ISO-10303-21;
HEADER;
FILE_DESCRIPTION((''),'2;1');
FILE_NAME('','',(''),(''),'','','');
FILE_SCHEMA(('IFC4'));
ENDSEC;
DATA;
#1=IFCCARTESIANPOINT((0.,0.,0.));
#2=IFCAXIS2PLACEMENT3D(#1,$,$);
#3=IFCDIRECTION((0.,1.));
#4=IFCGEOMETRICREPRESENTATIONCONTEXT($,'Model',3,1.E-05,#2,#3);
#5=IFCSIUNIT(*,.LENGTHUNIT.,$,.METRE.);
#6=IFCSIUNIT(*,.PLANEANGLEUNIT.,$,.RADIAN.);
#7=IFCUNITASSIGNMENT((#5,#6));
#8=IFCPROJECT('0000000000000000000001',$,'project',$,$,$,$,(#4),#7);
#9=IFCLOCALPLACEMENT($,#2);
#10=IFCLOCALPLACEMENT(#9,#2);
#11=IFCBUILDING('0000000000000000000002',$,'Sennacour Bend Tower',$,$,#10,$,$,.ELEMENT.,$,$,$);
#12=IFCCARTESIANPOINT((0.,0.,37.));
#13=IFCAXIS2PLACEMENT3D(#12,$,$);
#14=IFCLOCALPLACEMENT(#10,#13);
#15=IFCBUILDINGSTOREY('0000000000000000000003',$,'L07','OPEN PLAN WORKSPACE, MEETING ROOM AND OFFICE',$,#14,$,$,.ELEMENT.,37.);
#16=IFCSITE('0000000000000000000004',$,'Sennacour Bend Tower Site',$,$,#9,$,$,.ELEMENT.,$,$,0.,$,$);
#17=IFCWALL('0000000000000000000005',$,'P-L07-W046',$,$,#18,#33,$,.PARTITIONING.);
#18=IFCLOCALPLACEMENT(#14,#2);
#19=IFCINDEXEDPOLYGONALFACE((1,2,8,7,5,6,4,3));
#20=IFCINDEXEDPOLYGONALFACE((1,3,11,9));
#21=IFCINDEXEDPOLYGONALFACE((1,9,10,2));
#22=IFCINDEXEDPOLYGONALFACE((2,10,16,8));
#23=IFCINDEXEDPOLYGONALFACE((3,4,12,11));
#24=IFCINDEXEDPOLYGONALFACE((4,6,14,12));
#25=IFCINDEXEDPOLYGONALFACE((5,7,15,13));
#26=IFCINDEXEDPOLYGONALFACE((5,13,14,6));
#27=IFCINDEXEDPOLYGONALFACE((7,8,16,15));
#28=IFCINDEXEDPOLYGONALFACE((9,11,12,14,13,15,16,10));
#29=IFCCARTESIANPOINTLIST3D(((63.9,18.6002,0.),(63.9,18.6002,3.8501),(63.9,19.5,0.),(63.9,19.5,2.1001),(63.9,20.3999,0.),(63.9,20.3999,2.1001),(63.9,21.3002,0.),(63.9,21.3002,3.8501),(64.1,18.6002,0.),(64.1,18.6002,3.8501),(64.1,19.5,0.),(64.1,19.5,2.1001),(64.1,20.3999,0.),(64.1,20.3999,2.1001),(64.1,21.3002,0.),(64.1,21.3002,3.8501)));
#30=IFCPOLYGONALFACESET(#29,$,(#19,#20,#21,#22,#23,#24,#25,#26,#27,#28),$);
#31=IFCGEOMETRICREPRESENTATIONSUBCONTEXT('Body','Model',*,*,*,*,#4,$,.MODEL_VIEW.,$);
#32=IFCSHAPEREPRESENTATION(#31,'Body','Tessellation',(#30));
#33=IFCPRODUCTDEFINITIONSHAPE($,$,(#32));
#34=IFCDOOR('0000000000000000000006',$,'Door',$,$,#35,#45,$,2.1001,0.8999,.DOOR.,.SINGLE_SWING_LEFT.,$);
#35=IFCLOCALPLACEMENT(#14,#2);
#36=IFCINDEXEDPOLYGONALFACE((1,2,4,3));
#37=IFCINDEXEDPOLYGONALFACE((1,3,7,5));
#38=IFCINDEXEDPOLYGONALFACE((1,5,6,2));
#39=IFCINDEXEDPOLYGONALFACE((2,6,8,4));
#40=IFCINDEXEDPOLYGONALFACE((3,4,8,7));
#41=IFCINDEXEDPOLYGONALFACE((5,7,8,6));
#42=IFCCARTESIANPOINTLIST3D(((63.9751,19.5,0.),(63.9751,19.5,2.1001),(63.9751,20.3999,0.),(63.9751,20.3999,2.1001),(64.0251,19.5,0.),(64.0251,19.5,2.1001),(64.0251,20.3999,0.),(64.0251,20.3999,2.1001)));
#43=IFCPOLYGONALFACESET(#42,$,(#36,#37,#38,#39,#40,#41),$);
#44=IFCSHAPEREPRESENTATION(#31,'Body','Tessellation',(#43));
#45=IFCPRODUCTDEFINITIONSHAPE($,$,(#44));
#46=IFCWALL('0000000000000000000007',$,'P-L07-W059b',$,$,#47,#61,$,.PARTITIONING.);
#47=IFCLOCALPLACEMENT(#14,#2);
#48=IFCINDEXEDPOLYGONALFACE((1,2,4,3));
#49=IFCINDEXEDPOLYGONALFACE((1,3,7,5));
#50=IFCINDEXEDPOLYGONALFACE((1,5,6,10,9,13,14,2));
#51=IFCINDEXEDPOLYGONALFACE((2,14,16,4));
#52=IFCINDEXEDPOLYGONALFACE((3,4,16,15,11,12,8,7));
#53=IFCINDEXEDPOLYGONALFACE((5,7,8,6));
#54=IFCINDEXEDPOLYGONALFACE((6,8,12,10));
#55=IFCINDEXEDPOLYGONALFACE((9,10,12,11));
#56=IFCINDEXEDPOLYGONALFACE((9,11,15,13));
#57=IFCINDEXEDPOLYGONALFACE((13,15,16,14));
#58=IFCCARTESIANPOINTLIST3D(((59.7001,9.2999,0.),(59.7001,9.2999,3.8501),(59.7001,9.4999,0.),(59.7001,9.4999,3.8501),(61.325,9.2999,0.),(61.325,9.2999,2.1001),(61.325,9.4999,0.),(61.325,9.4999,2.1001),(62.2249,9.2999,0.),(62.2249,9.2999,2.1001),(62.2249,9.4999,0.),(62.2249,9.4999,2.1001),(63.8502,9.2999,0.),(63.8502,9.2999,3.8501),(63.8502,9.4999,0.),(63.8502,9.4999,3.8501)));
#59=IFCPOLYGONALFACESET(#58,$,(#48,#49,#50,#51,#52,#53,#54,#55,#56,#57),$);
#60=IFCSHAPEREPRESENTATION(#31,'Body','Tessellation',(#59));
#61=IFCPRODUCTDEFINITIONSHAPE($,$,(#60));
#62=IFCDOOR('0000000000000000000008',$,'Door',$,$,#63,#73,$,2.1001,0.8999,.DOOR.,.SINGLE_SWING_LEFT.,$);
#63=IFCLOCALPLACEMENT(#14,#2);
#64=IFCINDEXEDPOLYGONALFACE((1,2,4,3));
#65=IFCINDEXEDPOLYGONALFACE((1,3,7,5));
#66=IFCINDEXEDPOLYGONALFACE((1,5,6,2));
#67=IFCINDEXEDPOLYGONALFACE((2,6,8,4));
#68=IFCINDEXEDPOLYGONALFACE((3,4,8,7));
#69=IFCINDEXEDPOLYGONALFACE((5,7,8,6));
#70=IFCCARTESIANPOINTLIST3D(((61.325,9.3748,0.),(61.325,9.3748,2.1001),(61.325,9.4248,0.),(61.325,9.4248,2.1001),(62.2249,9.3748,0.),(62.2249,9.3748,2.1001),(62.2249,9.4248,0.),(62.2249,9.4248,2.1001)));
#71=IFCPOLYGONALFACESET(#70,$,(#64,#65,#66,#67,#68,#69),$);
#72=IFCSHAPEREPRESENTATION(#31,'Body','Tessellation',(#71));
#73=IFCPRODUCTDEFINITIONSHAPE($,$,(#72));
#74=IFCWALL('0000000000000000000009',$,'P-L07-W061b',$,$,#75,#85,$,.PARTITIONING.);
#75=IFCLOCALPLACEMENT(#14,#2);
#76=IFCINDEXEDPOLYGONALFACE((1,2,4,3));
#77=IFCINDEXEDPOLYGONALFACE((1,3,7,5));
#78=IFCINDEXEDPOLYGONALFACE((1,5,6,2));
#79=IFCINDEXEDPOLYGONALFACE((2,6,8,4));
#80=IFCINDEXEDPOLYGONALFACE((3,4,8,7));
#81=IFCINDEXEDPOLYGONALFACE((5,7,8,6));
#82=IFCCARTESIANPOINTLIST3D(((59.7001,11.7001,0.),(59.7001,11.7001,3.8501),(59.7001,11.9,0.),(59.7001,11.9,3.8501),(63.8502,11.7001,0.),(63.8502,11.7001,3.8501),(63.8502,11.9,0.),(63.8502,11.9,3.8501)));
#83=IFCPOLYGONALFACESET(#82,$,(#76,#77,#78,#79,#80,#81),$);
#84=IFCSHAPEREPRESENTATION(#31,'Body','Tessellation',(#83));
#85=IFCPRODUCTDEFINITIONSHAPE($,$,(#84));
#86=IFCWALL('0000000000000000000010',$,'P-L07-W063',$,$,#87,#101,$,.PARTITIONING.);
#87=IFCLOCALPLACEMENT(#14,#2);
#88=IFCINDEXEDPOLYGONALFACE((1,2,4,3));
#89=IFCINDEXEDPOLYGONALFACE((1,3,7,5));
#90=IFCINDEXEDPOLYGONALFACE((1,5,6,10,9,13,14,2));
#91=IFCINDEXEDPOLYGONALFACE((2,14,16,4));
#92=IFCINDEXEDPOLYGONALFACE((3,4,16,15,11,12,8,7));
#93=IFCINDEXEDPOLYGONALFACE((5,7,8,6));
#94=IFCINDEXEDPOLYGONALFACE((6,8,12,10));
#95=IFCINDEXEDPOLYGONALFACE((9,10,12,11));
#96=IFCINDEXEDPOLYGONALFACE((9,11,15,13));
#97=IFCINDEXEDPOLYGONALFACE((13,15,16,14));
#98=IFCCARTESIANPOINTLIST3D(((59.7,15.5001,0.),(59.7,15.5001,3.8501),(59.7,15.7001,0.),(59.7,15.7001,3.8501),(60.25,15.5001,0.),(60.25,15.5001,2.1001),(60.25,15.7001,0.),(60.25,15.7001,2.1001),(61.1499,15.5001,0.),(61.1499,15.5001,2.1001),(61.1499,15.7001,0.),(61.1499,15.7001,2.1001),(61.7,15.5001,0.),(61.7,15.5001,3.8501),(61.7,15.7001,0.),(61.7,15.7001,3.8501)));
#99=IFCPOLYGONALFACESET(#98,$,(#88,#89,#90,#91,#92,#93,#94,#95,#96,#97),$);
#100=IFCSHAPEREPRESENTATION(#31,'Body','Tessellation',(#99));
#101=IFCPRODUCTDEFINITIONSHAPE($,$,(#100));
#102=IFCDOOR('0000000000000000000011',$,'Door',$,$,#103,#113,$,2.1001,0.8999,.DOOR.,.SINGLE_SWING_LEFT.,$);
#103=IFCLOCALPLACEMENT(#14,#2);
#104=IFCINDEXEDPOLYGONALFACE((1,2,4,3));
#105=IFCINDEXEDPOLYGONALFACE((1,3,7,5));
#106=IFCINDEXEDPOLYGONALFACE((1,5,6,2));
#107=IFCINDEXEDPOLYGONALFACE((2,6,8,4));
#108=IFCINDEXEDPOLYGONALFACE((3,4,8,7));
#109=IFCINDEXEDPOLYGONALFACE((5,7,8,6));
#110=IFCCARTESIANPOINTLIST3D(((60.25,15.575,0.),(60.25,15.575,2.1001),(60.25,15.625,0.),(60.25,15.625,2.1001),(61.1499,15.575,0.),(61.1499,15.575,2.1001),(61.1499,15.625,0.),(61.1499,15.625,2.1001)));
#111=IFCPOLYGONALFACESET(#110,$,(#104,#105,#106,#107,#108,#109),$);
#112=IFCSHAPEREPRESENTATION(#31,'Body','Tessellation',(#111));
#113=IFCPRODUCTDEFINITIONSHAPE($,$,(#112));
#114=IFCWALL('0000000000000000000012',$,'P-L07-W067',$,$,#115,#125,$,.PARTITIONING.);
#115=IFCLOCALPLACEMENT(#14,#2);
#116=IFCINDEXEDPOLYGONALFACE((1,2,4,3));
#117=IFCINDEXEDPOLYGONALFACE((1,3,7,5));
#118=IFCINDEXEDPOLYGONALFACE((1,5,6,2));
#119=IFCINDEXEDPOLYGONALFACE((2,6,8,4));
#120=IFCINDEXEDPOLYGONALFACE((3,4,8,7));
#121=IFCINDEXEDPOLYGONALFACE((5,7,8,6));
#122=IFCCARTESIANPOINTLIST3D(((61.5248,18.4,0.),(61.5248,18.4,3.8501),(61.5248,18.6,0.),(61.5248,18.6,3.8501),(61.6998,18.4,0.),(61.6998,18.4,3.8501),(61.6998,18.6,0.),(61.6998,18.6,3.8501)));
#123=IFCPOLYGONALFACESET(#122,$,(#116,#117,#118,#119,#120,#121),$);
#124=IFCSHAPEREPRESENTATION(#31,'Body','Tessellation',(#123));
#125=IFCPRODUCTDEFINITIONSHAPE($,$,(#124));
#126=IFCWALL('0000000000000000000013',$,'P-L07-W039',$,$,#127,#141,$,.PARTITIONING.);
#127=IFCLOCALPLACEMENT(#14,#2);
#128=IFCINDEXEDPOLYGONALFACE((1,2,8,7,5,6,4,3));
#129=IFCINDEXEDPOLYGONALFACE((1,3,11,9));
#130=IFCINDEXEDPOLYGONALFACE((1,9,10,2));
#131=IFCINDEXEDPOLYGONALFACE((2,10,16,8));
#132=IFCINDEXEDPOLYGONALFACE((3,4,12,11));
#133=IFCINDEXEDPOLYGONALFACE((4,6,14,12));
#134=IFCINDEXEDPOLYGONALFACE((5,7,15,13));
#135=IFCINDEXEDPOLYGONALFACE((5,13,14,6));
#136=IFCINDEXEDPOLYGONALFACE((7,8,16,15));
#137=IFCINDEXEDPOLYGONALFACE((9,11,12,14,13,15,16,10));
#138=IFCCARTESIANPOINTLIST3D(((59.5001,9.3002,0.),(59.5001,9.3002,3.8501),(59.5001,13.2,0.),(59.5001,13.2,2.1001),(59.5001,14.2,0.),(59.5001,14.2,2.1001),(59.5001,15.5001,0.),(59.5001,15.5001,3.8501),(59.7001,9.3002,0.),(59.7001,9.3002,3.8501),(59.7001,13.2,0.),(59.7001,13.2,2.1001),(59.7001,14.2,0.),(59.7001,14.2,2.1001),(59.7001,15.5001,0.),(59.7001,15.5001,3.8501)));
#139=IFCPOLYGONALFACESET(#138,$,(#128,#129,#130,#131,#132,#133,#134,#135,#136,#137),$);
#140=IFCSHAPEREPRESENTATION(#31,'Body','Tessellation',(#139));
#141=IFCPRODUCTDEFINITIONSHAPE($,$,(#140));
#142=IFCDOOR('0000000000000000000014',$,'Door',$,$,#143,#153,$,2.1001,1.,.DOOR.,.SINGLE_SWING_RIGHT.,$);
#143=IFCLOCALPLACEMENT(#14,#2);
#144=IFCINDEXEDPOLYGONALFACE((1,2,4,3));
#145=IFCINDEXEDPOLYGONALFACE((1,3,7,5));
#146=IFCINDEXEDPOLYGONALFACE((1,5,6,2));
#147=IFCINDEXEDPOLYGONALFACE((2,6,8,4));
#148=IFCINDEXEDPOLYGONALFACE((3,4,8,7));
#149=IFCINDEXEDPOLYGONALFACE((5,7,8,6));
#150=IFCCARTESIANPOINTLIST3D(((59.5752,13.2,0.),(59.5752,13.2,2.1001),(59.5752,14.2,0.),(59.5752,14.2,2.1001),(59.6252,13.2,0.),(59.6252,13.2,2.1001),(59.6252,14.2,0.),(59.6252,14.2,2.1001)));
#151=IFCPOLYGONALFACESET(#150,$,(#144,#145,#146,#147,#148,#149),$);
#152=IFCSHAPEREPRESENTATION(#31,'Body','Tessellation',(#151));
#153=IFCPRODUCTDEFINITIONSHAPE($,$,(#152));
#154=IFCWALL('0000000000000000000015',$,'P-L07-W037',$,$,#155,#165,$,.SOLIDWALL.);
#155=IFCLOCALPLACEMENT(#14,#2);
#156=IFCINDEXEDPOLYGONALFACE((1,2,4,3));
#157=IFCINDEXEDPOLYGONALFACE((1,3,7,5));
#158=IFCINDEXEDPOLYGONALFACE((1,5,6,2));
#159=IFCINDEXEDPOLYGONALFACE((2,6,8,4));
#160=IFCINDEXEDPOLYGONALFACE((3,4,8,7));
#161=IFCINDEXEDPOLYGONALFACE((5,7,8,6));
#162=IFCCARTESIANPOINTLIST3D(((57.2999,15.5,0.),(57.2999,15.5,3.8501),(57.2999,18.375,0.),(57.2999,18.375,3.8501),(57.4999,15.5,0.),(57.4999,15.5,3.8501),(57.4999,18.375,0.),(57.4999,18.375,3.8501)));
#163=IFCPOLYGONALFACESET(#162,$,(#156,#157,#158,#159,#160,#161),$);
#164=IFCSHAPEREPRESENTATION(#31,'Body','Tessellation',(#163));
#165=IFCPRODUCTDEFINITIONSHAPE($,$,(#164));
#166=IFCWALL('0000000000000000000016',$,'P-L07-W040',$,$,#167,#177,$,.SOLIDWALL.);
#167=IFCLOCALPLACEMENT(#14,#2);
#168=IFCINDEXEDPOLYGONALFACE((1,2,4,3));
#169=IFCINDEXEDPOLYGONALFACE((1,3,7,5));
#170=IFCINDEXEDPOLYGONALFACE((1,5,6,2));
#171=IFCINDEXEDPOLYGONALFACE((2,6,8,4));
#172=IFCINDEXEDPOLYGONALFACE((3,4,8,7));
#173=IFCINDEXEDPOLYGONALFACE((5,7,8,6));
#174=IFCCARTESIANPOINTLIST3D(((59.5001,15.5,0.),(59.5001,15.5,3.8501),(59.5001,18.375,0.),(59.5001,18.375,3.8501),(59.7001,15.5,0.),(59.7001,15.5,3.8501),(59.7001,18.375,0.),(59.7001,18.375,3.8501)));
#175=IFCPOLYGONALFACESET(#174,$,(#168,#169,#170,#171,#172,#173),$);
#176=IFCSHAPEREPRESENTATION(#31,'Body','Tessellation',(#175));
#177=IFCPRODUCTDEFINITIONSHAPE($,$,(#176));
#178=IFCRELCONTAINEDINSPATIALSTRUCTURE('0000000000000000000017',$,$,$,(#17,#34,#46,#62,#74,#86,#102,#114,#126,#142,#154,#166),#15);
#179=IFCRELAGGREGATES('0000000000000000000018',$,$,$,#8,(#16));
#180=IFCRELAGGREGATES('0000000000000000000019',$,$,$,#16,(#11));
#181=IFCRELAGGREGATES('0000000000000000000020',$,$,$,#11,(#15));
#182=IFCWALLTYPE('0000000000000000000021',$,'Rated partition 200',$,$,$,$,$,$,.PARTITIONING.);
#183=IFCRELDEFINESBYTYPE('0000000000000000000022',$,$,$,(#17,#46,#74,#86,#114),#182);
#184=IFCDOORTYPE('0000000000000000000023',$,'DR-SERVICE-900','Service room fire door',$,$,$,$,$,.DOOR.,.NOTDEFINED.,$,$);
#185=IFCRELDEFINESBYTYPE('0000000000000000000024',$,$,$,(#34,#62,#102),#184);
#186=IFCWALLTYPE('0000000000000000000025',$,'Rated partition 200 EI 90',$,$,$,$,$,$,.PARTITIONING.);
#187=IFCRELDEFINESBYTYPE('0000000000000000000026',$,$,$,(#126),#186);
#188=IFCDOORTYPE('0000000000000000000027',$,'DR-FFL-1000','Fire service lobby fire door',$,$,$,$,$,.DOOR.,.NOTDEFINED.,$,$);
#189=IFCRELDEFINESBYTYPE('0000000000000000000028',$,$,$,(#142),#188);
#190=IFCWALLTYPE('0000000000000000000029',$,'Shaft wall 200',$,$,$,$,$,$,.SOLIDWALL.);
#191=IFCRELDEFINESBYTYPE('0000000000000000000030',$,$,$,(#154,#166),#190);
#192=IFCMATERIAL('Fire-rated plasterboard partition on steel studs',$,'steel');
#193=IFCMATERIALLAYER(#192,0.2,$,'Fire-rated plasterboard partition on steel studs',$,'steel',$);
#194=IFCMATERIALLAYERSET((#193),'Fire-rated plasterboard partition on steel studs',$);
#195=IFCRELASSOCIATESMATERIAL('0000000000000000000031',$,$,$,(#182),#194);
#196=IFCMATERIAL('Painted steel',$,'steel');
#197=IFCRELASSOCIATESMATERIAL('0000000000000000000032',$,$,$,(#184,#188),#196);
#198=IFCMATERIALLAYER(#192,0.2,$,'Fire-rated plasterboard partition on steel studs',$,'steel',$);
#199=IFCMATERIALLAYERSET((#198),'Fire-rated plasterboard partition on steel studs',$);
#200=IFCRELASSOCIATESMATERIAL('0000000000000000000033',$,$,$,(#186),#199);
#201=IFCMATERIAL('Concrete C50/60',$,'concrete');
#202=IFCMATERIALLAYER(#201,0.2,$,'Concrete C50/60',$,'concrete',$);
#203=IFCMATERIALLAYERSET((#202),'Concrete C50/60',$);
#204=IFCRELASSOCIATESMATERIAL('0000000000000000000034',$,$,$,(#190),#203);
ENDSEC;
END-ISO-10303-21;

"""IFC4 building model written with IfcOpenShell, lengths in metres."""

from ifc_helpers import new_model, si_unit, direction, frame, frame_2d, origin, place, context, subcontext, project, spatial, rectangle, extrude, material, layer, layer_set, type_object, element, fill, save


model = new_model("IFC4")

# Units and contexts
model_context = context("Model", 3, precision=1e-05, world=origin(), true_north=direction((0.0, 1.0)))
body_context = subcontext(model_context, "Body", "Model", "MODEL_VIEW")
ifc_project = project(units=[si_unit("LENGTHUNIT", "METRE"), si_unit("PLANEANGLEUNIT", "RADIAN")], contexts=[model_context])

# Site, building, storey
site_placement = place(None, origin())
site = spatial("IfcSite", under=ifc_project, at=site_placement, Name="Sennacour Bend Tower Site", CompositionType="ELEMENT", RefElevation=0.0)
building_placement = place(site_placement, origin())
building = spatial("IfcBuilding", under=site, at=building_placement, Name="Sennacour Bend Tower", CompositionType="ELEMENT")
storey_placement = place(building_placement, frame((0.0, 0.0, 37.0)))
storey = spatial("IfcBuildingStorey", under=building, at=storey_placement, Name="L07", Description="OPEN PLAN WORKSPACE, MEETING ROOM AND OFFICE", CompositionType="ELEMENT", Elevation=37.0)

# Walls, openings, doors
ifc_material_1 = material(Name="Fire-rated plasterboard partition on steel studs", Category="steel")
ifc_layer_1 = layer(ifc_material_1, 0.2, Name="Fire-rated plasterboard partition on steel studs", Category="steel")
ifc_layer_set_1 = layer_set([ifc_layer_1], Name="Fire-rated plasterboard partition on steel studs")
wall_type_1 = type_object("IfcWallType", Name="Rated partition 200", PredefinedType="PARTITIONING", material=ifc_layer_set_1)
wall_1_placement = place(storey_placement, frame((64.0, 18.6001, 0.0), z_axis=(0.0, 0.0, 1.0), x_axis=(0.0, 1.0, 0.0)))
wall_1 = element("IfcWall", 1, at=wall_1_placement, inside=storey, type_object=wall_type_1, Name="P-L07-W046", PredefinedType="PARTITIONING", context=body_context, shape_type="SweptSolid", body=[
    extrude(rectangle(XDim=2.7, YDim=0.2, at=frame_2d((1.3501, 0.0))), origin(), (0.0, 0.0, 1.0), 3.8501),
])
opening_1_placement = place(wall_1_placement, frame((0.8999, 0.0, 0.0)))
opening_1 = element("IfcOpeningElement", 2, at=opening_1_placement, cuts=wall_1, PredefinedType="OPENING", context=body_context, shape_type="SweptSolid", body=[
    extrude(rectangle(XDim=0.8999, YDim=2.1001, at=frame_2d((0.45, 1.05))), frame((0.0, 0.1099, 0.0), z_axis=(0.0, -1.0, 0.0), x_axis=(1.0, 0.0, 0.0)), (0.0, 0.0, 1.0), 0.22),
])
ifc_material_2 = material(Name="Painted steel", Category="steel")
door_type_1 = type_object("IfcDoorType", Name="DR-SERVICE-900", Description="Service room fire door", OperationType="NOTDEFINED", PredefinedType="DOOR", material=ifc_material_2)
door_1_placement = place(opening_1_placement, origin())
door_1 = element("IfcDoor", 3, at=door_1_placement, inside=storey, type_object=door_type_1, Name="Door", OperationType="SINGLE_SWING_LEFT", OverallHeight=2.1001, OverallWidth=0.8999, PredefinedType="DOOR", context=body_context, shape_type="SweptSolid", body=[
    extrude(rectangle(XDim=0.8999, YDim=2.1001, at=frame_2d((0.45, 1.05))), frame((0.0, 0.0249, 0.0), z_axis=(0.0, -1.0, 0.0), x_axis=(1.0, 0.0, 0.0)), (0.0, 0.0, 1.0), 0.05),
])
fill(opening_1, door_1)
wall_2_placement = place(storey_placement, frame((59.7, 9.3999, 0.0), z_axis=(0.0, 0.0, 1.0), x_axis=(1.0, 0.0, 0.0)))
wall_2 = element("IfcWall", 4, at=wall_2_placement, inside=storey, type_object=wall_type_1, Name="P-L07-W059b", PredefinedType="PARTITIONING", context=body_context, shape_type="SweptSolid", body=[
    extrude(rectangle(XDim=4.1501, YDim=0.2, at=frame_2d((2.0752, 0.0))), origin(), (0.0, 0.0, 1.0), 3.8501),
])
opening_2_placement = place(wall_2_placement, frame((1.625, 0.0, 0.0)))
opening_2 = element("IfcOpeningElement", 5, at=opening_2_placement, cuts=wall_2, PredefinedType="OPENING", context=body_context, shape_type="SweptSolid", body=[
    extrude(rectangle(XDim=0.8999, YDim=2.1001, at=frame_2d((0.45, 1.05))), frame((0.0, 0.1099, 0.0), z_axis=(0.0, -1.0, 0.0), x_axis=(1.0, 0.0, 0.0)), (0.0, 0.0, 1.0), 0.22),
])
door_2_placement = place(opening_2_placement, origin())
door_2 = element("IfcDoor", 6, at=door_2_placement, inside=storey, type_object=door_type_1, Name="Door", OperationType="SINGLE_SWING_LEFT", OverallHeight=2.1001, OverallWidth=0.8999, PredefinedType="DOOR", context=body_context, shape_type="SweptSolid", body=[
    extrude(rectangle(XDim=0.8999, YDim=2.1001, at=frame_2d((0.45, 1.05))), frame((0.0, 0.0249, 0.0), z_axis=(0.0, -1.0, 0.0), x_axis=(1.0, 0.0, 0.0)), (0.0, 0.0, 1.0), 0.05),
])
fill(opening_2, door_2)

# Wall
wall_3_placement = place(storey_placement, frame((59.7, 11.8, 0.0), z_axis=(0.0, 0.0, 1.0), x_axis=(1.0, 0.0, 0.0)))
element("IfcWall", 7, at=wall_3_placement, inside=storey, type_object=wall_type_1, Name="P-L07-W061b", PredefinedType="PARTITIONING", context=body_context, shape_type="SweptSolid", body=[
    extrude(rectangle(XDim=4.1501, YDim=0.2, at=frame_2d((2.0752, 0.0))), origin(), (0.0, 0.0, 1.0), 3.8501),
])

# Wall, opening, door
wall_4_placement = place(storey_placement, frame((59.7, 15.6001, 0.0), z_axis=(0.0, 0.0, 1.0), x_axis=(1.0, 0.0, 0.0)))
wall_4 = element("IfcWall", 8, at=wall_4_placement, inside=storey, type_object=wall_type_1, Name="P-L07-W063", PredefinedType="PARTITIONING", context=body_context, shape_type="SweptSolid", body=[
    extrude(rectangle(XDim=2.0, YDim=0.2, at=frame_2d((1.0, 0.0))), origin(), (0.0, 0.0, 1.0), 3.8501),
])
opening_3_placement = place(wall_4_placement, frame((0.55, 0.0, 0.0)))
opening_3 = element("IfcOpeningElement", 9, at=opening_3_placement, cuts=wall_4, PredefinedType="OPENING", context=body_context, shape_type="SweptSolid", body=[
    extrude(rectangle(XDim=0.8999, YDim=2.1001, at=frame_2d((0.45, 1.05))), frame((0.0, 0.1099, 0.0), z_axis=(0.0, -1.0, 0.0), x_axis=(1.0, 0.0, 0.0)), (0.0, 0.0, 1.0), 0.22),
])
door_3_placement = place(opening_3_placement, origin())
door_3 = element("IfcDoor", 10, at=door_3_placement, inside=storey, type_object=door_type_1, Name="Door", OperationType="SINGLE_SWING_LEFT", OverallHeight=2.1001, OverallWidth=0.8999, PredefinedType="DOOR", context=body_context, shape_type="SweptSolid", body=[
    extrude(rectangle(XDim=0.8999, YDim=2.1001, at=frame_2d((0.45, 1.05))), frame((0.0, 0.0249, 0.0), z_axis=(0.0, -1.0, 0.0), x_axis=(1.0, 0.0, 0.0)), (0.0, 0.0, 1.0), 0.05),
])
fill(opening_3, door_3)

# Wall
wall_5_placement = place(storey_placement, frame((61.5249, 18.5, 0.0), z_axis=(0.0, 0.0, 1.0), x_axis=(1.0, 0.0, 0.0)))
element("IfcWall", 11, at=wall_5_placement, inside=storey, type_object=wall_type_1, Name="P-L07-W067", PredefinedType="PARTITIONING", context=body_context, shape_type="SweptSolid", body=[
    extrude(rectangle(XDim=0.175, YDim=0.2, at=frame_2d((0.0874, 0.0))), origin(), (0.0, 0.0, 1.0), 3.8501),
])

# Wall, opening, door
ifc_layer_2 = layer(ifc_material_1, 0.2, Name="Fire-rated plasterboard partition on steel studs", Category="steel")
ifc_layer_set_2 = layer_set([ifc_layer_2], Name="Fire-rated plasterboard partition on steel studs")
wall_type_2 = type_object("IfcWallType", Name="Rated partition 200 EI 90", PredefinedType="PARTITIONING", material=ifc_layer_set_2)
wall_6_placement = place(storey_placement, frame((59.6001, 9.3, 0.0), z_axis=(0.0, 0.0, 1.0), x_axis=(0.0, 1.0, 0.0)))
wall_6 = element("IfcWall", 12, at=wall_6_placement, inside=storey, type_object=wall_type_2, Name="P-L07-W039", PredefinedType="PARTITIONING", context=body_context, shape_type="SweptSolid", body=[
    extrude(rectangle(XDim=6.2, YDim=0.2, at=frame_2d((3.1001, 0.0))), origin(), (0.0, 0.0, 1.0), 3.8501),
])
opening_4_placement = place(wall_6_placement, frame((3.8999, 0.0, 0.0)))
opening_4 = element("IfcOpeningElement", 13, at=opening_4_placement, cuts=wall_6, PredefinedType="OPENING", context=body_context, shape_type="SweptSolid", body=[
    extrude(rectangle(XDim=1.0, YDim=2.1001, at=frame_2d((0.5, 1.05))), frame((0.0, 0.1099, 0.0), z_axis=(0.0, -1.0, 0.0), x_axis=(1.0, 0.0, 0.0)), (0.0, 0.0, 1.0), 0.22),
])
door_type_2 = type_object("IfcDoorType", Name="DR-FFL-1000", Description="Fire service lobby fire door", OperationType="NOTDEFINED", PredefinedType="DOOR", material=ifc_material_2)
door_4_placement = place(opening_4_placement, origin())
door_4 = element("IfcDoor", 14, at=door_4_placement, inside=storey, type_object=door_type_2, Name="Door", OperationType="SINGLE_SWING_RIGHT", OverallHeight=2.1001, OverallWidth=1.0, PredefinedType="DOOR", context=body_context, shape_type="SweptSolid", body=[
    extrude(rectangle(XDim=1.0, YDim=2.1001, at=frame_2d((0.5, 1.05))), frame((0.0, 0.0249, 0.0), z_axis=(0.0, -1.0, 0.0), x_axis=(1.0, 0.0, 0.0)), (0.0, 0.0, 1.0), 0.05),
])
fill(opening_4, door_4)

# Walls
ifc_material_3 = material(Name="Concrete C50/60", Category="concrete")
ifc_layer_3 = layer(ifc_material_3, 0.2, Name="Concrete C50/60", Category="concrete")
ifc_layer_set_3 = layer_set([ifc_layer_3], Name="Concrete C50/60")
wall_type_3 = type_object("IfcWallType", Name="Shaft wall 200", PredefinedType="SOLIDWALL", material=ifc_layer_set_3)
for number, where, z_axis, x_axis, name in (
    (15, (57.3999, 15.5, 0.0), (0.0, 0.0, 1.0), (0.0, 1.0, 0.0), "P-L07-W037"),
    (16, (59.6001, 15.5, 0.0), (0.0, 0.0, 1.0), (0.0, 1.0, 0.0), "P-L07-W040"),
):
    element("IfcWall", number, at=place(storey_placement, frame(where, z_axis=z_axis, x_axis=x_axis)), inside=storey, type_object=wall_type_3, Name=name, PredefinedType="SOLIDWALL", context=body_context, shape_type="SweptSolid", body=[
        extrude(rectangle(XDim=2.875, YDim=0.2, at=frame_2d((1.4375, 0.0))), origin(), (0.0, 0.0, 1.0), 3.8501),
    ])

save(model, "model.ifc")
